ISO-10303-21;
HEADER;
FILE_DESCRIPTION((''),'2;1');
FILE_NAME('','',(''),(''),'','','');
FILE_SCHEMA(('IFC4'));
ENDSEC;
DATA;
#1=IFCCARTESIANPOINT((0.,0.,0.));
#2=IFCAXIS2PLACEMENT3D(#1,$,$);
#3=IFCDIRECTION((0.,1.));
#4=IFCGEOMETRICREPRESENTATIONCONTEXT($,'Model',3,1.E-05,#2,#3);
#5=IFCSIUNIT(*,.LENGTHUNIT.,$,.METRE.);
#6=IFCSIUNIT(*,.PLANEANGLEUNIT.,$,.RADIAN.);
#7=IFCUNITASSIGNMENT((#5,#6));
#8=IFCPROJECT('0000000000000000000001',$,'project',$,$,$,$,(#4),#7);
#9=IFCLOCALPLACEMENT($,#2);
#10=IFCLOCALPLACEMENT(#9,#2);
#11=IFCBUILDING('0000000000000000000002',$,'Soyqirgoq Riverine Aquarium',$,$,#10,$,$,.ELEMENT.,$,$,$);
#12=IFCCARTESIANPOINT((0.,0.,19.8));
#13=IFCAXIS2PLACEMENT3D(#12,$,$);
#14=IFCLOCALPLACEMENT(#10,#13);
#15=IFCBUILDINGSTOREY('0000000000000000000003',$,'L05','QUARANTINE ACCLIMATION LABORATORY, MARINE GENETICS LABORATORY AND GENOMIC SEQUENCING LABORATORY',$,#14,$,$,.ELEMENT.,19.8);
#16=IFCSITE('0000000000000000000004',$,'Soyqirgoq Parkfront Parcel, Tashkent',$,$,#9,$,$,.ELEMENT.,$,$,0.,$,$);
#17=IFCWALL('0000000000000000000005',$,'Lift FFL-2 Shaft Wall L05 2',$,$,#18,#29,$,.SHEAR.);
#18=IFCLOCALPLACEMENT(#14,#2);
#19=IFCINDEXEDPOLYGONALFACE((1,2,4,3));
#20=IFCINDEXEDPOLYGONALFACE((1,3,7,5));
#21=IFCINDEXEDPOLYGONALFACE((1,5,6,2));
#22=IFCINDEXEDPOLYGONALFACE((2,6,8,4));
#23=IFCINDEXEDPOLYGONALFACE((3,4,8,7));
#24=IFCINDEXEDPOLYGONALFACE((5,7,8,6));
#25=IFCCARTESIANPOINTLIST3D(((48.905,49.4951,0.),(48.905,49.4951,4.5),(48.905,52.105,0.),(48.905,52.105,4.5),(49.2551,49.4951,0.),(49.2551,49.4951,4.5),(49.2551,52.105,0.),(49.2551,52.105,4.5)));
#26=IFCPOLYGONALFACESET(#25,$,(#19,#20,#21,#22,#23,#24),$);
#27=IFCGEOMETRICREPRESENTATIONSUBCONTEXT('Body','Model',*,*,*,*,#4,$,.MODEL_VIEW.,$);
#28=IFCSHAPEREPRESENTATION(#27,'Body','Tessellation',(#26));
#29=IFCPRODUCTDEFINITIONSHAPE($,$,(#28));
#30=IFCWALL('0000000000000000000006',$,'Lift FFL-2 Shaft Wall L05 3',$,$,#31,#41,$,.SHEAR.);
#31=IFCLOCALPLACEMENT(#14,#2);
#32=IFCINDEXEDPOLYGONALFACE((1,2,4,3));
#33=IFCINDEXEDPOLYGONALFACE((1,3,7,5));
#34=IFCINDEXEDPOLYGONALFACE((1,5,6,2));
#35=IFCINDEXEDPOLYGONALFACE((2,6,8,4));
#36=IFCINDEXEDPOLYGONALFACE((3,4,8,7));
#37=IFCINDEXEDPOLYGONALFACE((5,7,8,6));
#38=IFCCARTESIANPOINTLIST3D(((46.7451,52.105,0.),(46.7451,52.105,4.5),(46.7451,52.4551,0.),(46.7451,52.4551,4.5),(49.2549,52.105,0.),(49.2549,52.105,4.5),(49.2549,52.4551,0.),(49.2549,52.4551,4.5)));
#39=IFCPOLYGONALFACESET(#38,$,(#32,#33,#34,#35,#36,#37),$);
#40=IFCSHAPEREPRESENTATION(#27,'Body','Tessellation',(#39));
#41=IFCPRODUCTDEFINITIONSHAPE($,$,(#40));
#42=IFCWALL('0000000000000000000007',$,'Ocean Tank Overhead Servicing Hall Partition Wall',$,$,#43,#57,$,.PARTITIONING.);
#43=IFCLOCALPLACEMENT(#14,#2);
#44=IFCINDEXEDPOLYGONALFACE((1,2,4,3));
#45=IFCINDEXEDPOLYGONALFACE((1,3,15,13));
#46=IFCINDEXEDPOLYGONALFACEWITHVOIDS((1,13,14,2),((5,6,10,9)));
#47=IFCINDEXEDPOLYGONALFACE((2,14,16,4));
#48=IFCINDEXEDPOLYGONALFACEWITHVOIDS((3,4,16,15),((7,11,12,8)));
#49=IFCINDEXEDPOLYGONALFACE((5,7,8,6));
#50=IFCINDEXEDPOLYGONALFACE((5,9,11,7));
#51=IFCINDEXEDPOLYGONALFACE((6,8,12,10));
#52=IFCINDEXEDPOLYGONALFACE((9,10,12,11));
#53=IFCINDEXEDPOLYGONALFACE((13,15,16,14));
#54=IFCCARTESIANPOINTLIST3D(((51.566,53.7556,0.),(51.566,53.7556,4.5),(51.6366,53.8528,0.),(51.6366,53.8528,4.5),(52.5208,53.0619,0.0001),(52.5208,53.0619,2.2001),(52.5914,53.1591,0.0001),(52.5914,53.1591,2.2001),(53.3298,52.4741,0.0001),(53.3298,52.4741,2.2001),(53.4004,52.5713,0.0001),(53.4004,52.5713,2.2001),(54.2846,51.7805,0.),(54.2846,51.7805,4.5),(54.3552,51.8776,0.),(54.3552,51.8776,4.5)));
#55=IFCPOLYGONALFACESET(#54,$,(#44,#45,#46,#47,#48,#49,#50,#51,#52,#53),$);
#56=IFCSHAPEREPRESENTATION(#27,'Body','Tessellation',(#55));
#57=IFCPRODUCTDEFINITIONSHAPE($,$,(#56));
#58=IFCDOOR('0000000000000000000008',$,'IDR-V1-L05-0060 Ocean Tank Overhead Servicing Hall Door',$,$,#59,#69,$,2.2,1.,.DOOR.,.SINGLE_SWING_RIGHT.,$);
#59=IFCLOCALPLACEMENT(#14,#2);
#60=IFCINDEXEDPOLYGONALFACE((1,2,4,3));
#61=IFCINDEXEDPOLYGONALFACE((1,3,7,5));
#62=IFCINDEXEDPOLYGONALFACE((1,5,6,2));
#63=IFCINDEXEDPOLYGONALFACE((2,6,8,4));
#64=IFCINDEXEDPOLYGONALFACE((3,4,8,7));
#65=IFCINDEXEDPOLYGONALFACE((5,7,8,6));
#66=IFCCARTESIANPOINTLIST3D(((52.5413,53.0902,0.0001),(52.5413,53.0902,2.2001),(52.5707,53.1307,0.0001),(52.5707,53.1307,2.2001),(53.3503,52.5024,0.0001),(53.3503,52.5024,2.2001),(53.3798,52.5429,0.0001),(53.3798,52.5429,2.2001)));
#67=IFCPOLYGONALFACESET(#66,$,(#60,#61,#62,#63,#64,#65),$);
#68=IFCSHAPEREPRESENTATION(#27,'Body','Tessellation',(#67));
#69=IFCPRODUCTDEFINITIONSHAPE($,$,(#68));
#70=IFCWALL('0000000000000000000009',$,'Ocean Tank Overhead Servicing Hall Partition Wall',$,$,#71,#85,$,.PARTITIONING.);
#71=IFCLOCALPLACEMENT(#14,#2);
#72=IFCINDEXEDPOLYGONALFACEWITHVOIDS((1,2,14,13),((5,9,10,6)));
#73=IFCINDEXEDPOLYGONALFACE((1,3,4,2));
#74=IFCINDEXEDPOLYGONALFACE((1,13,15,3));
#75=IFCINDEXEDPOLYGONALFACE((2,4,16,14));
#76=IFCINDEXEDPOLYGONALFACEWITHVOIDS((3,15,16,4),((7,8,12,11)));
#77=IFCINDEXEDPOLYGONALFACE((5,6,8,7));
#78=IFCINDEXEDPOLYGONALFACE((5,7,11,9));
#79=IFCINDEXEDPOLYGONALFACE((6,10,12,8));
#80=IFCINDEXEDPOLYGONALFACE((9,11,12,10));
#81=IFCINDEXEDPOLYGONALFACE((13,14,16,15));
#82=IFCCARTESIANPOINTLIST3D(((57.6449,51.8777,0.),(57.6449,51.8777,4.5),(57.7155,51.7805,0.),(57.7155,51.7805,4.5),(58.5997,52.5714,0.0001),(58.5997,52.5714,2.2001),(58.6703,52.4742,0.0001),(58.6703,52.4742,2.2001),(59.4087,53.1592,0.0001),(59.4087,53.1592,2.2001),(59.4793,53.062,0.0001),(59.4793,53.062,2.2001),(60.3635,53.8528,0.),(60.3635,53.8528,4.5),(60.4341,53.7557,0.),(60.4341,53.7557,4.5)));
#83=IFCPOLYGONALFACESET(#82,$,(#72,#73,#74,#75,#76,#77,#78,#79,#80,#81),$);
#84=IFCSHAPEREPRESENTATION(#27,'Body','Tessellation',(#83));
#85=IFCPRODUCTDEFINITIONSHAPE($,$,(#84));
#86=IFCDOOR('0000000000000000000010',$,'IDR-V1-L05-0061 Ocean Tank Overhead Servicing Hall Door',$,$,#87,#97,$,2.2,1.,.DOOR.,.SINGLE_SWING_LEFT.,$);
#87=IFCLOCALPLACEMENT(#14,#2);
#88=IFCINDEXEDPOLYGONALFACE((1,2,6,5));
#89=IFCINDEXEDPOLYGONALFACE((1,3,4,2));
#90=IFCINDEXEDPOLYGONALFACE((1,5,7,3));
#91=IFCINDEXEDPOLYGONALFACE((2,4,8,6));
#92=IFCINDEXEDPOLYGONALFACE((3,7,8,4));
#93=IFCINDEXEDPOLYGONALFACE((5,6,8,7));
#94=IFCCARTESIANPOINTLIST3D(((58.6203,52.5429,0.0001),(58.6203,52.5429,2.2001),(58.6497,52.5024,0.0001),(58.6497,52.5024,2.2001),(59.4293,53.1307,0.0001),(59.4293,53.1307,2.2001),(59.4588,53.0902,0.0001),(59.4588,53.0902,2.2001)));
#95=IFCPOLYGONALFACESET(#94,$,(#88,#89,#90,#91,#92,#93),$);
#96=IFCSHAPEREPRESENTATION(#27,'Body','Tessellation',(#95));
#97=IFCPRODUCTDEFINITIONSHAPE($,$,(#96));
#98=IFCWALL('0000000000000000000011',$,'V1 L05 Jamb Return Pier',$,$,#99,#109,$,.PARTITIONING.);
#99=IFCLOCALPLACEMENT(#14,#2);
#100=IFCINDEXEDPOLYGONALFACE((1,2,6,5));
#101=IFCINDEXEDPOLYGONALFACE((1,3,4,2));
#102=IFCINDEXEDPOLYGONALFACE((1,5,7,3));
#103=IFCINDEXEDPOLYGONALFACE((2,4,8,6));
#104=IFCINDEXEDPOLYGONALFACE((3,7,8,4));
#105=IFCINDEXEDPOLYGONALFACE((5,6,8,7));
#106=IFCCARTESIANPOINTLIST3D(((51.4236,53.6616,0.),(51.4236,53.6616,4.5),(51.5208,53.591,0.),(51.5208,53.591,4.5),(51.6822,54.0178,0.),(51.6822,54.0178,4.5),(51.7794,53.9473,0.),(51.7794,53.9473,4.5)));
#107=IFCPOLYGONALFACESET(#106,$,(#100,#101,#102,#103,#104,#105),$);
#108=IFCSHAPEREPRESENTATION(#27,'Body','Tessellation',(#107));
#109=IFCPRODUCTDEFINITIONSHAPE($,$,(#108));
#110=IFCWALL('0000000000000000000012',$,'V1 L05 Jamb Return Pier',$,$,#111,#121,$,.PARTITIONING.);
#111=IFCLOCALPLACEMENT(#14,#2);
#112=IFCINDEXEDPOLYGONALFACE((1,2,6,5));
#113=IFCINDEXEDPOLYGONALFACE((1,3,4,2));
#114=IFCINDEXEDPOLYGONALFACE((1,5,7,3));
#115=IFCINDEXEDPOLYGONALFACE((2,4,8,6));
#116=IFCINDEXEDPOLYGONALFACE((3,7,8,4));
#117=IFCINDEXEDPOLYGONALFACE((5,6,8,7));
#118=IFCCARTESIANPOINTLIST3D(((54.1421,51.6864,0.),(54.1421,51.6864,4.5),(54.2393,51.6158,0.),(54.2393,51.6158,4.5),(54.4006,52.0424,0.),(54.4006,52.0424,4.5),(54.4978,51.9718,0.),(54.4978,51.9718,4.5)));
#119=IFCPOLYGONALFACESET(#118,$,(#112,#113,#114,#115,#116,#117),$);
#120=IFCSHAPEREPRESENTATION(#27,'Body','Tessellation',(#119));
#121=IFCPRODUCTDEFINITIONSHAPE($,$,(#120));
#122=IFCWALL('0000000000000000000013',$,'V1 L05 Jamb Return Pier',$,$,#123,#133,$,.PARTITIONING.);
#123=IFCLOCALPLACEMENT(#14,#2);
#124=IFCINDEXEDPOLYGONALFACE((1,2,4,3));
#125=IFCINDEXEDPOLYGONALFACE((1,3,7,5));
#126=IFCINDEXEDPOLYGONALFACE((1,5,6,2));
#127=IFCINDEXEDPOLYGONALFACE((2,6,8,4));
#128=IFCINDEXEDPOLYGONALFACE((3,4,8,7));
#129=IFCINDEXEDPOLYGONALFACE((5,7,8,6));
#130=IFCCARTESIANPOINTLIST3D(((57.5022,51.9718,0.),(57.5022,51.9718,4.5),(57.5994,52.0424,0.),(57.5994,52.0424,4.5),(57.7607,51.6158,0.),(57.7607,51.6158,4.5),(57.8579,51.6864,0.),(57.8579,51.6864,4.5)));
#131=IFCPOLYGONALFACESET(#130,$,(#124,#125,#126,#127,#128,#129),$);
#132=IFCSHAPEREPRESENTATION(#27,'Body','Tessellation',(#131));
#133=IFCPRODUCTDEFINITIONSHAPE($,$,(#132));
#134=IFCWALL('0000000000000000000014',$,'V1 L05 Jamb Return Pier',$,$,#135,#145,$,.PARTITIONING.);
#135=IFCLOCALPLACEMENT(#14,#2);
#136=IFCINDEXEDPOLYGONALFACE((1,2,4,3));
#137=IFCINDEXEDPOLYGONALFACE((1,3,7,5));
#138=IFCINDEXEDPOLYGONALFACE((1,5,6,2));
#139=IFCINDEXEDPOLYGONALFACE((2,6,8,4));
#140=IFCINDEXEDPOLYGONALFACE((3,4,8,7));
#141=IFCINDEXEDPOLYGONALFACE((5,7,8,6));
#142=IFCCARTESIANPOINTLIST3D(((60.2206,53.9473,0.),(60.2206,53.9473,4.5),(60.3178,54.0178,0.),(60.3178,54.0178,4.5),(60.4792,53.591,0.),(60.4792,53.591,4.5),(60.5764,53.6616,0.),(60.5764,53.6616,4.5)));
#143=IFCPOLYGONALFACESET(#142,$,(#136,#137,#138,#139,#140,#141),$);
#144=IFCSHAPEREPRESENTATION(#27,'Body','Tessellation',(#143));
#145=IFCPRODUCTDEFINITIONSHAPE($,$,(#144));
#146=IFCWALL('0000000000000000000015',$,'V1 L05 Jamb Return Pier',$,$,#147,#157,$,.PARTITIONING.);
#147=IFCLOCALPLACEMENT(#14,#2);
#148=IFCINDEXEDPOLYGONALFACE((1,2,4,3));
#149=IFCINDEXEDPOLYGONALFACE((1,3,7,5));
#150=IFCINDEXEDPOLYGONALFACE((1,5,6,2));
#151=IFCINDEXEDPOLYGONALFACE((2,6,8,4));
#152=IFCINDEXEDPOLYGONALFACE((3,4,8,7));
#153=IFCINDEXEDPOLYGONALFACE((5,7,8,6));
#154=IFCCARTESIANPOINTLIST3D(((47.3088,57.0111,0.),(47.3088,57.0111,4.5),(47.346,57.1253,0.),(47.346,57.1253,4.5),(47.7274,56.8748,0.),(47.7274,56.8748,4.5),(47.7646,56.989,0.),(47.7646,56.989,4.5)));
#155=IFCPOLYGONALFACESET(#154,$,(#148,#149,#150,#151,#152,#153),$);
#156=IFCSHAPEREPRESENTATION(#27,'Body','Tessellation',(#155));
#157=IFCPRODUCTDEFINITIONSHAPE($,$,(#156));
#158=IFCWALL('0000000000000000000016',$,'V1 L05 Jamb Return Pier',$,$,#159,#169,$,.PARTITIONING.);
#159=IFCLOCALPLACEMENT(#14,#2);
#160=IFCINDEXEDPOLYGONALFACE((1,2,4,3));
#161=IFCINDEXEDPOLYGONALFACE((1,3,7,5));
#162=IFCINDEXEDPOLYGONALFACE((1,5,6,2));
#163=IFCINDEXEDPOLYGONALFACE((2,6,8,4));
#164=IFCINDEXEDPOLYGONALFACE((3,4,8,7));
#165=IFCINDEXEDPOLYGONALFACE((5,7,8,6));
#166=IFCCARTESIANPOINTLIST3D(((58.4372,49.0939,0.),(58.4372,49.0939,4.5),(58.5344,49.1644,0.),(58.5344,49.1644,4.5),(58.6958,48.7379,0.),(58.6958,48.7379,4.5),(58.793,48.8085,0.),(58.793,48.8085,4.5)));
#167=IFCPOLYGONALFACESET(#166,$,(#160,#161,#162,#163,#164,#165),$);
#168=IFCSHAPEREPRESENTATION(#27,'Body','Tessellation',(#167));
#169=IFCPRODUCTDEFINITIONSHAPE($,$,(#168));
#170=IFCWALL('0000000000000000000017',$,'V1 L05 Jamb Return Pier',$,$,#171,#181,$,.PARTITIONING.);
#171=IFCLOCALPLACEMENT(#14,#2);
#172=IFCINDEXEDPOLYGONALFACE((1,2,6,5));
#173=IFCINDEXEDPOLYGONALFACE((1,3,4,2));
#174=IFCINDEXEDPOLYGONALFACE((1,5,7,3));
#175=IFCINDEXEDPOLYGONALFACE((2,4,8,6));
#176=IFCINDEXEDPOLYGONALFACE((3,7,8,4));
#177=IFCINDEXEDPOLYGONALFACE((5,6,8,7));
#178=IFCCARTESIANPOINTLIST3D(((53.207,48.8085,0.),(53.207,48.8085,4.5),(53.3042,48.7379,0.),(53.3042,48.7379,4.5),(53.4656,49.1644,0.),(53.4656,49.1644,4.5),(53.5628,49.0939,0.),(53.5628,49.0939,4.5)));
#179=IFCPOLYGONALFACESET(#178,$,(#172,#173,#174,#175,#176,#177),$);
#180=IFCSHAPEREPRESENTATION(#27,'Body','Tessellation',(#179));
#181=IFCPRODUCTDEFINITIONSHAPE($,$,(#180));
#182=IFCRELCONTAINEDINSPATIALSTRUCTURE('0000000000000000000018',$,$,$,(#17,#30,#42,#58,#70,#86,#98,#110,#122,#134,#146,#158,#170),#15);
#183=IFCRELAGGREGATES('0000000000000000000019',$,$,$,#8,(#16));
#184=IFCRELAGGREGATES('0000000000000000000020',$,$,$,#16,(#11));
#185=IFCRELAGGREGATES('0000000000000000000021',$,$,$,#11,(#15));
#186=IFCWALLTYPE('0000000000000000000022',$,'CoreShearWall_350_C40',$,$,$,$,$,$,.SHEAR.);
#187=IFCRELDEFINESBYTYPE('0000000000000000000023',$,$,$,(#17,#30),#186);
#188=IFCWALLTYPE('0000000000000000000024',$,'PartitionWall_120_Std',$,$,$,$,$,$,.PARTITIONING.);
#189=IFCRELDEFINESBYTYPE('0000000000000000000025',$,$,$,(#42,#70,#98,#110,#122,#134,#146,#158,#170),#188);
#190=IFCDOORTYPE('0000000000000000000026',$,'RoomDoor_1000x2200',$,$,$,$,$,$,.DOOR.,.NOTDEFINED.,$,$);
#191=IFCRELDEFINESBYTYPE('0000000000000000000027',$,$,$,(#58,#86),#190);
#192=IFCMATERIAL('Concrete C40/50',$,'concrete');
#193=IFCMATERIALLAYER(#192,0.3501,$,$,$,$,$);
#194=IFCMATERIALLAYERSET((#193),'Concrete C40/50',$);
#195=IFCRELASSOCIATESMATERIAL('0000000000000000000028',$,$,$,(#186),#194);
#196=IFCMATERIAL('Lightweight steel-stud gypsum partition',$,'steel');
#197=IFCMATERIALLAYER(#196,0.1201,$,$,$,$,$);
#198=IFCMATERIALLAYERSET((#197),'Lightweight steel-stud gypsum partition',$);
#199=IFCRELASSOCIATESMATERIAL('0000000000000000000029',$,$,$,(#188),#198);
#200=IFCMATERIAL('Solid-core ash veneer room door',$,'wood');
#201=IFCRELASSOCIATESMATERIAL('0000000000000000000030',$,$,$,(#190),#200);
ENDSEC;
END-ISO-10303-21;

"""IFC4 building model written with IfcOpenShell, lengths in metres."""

from ifc_helpers import new_model, si_unit, direction, frame, frame_2d, origin, place, context, subcontext, project, spatial, rectangle, extrude, material, layer, layer_set, type_object, element, fill, save


model = new_model("IFC4")

# Units and contexts
model_context = context("Model", 3, precision=1e-05, world=origin(), true_north=direction((0.0, 1.0)))
body_context = subcontext(model_context, "Body", "Model", "MODEL_VIEW")
ifc_project = project(units=[si_unit("LENGTHUNIT", "METRE"), si_unit("PLANEANGLEUNIT", "RADIAN")], contexts=[model_context])

# Site, building, storey
site_placement = place(None, origin())
site = spatial("IfcSite", under=ifc_project, at=site_placement, Name="Soyqirgoq Parkfront Parcel, Tashkent", CompositionType="ELEMENT", RefElevation=0.0)
building_placement = place(site_placement, origin())
building = spatial("IfcBuilding", under=site, at=building_placement, Name="Soyqirgoq Riverine Aquarium", CompositionType="ELEMENT")
storey_placement = place(building_placement, frame((0.0, 0.0, 19.8)))
storey = spatial("IfcBuildingStorey", under=building, at=storey_placement, Name="L05", Description="QUARANTINE ACCLIMATION LABORATORY, MARINE GENETICS LABORATORY AND GENOMIC SEQUENCING LABORATORY", CompositionType="ELEMENT", Elevation=19.8)

# Walls
ifc_material_1 = material(Name="Concrete C40/50", Category="concrete")
ifc_layer_1 = layer(ifc_material_1, 0.3501)
ifc_layer_set_1 = layer_set([ifc_layer_1], Name="Concrete C40/50")
wall_type_1 = type_object("IfcWallType", Name="CoreShearWall_350_C40", PredefinedType="SHEAR", material=ifc_layer_set_1)
wall_1_placement = place(storey_placement, frame((49.0801, 49.4951, 0.0), z_axis=(0.0, 0.0, 1.0), x_axis=(0.0, 1.0, 0.0)))
element("IfcWall", 1, at=wall_1_placement, inside=storey, type_object=wall_type_1, Name="Lift FFL-2 Shaft Wall L05 2", PredefinedType="SHEAR", context=body_context, shape_type="SweptSolid", body=[
    extrude(rectangle(XDim=2.6099, YDim=0.3501, at=frame_2d((1.3049, 0.0))), origin(), (0.0, 0.0, 1.0), 4.5),
])
wall_2_placement = place(storey_placement, frame((49.2549, 52.28, 0.0), z_axis=(0.0, 0.0, 1.0), x_axis=(-1.0, 0.0, 0.0)))
element("IfcWall", 2, at=wall_2_placement, inside=storey, type_object=wall_type_1, Name="Lift FFL-2 Shaft Wall L05 3", PredefinedType="SHEAR", context=body_context, shape_type="SweptSolid", body=[
    extrude(rectangle(XDim=2.5098, YDim=0.3501, at=frame_2d((1.2549, 0.0))), origin(), (0.0, 0.0, 1.0), 4.5),
])

# Walls, openings, doors
ifc_material_2 = material(Name="Lightweight steel-stud gypsum partition", Category="steel")
ifc_layer_2 = layer(ifc_material_2, 0.1201)
ifc_layer_set_2 = layer_set([ifc_layer_2], Name="Lightweight steel-stud gypsum partition")
wall_type_2 = type_object("IfcWallType", Name="PartitionWall_120_Std", PredefinedType="PARTITIONING", material=ifc_layer_set_2)
wall_3_placement = place(storey_placement, frame((51.6013, 53.8042, 0.0), z_axis=(0.0, 0.0, 1.0), x_axis=(0.809019, -0.587783, 0.0)))
wall_3 = element("IfcWall", 3, at=wall_3_placement, inside=storey, type_object=wall_type_2, Name="Ocean Tank Overhead Servicing Hall Partition Wall", PredefinedType="PARTITIONING", context=body_context, shape_type="SweptSolid", body=[
    extrude(rectangle(XDim=3.3604, YDim=0.1201, at=frame_2d((1.6802, 0.0))), origin(), (0.0, 0.0, 1.0), 4.5),
])
opening_1_placement = place(wall_3_placement, frame((1.1802, 0.0, 0.0)))
opening_1 = element("IfcOpeningElement", 4, at=opening_1_placement, cuts=wall_3, PredefinedType="OPENING", context=body_context, shape_type="SweptSolid", body=[
    extrude(rectangle(XDim=1.0, YDim=2.2, at=frame_2d((0.5, 1.1001))), frame((0.0, 0.0701, 0.0), z_axis=(0.0, -1.0, 0.0), x_axis=(1.0, 0.0, 0.0)), (0.0, 0.0, 1.0), 0.1401),
])
ifc_material_3 = material(Name="Solid-core ash veneer room door", Category="wood")
door_type_1 = type_object("IfcDoorType", Name="RoomDoor_1000x2200", OperationType="NOTDEFINED", PredefinedType="DOOR", material=ifc_material_3)
door_1_placement = place(opening_1_placement, origin())
door_1 = element("IfcDoor", 5, at=door_1_placement, inside=storey, type_object=door_type_1, Name="IDR-V1-L05-0060 Ocean Tank Overhead Servicing Hall Door", OperationType="SINGLE_SWING_RIGHT", OverallHeight=2.2, OverallWidth=1.0, PredefinedType="DOOR", context=body_context, shape_type="SweptSolid", body=[
    extrude(rectangle(XDim=1.0, YDim=2.2, at=frame_2d((0.5, 1.1001))), frame((0.0, 0.0249, 0.0), z_axis=(0.0, -1.0, 0.0), x_axis=(1.0, 0.0, 0.0)), (0.0, 0.0, 1.0), 0.05),
])
fill(opening_1, door_1)
wall_4_placement = place(storey_placement, frame((57.6802, 51.8291, 0.0), z_axis=(0.0, 0.0, 1.0), x_axis=(0.809019, 0.587783, 0.0)))
wall_4 = element("IfcWall", 6, at=wall_4_placement, inside=storey, type_object=wall_type_2, Name="Ocean Tank Overhead Servicing Hall Partition Wall", PredefinedType="PARTITIONING", context=body_context, shape_type="SweptSolid", body=[
    extrude(rectangle(XDim=3.3604, YDim=0.1201, at=frame_2d((1.6802, 0.0))), origin(), (0.0, 0.0, 1.0), 4.5),
])
opening_2_placement = place(wall_4_placement, frame((1.1802, 0.0, 0.0)))
opening_2 = element("IfcOpeningElement", 7, at=opening_2_placement, cuts=wall_4, PredefinedType="OPENING", context=body_context, shape_type="SweptSolid", body=[
    extrude(rectangle(XDim=1.0, YDim=2.2, at=frame_2d((0.5, 1.1001))), frame((0.0, 0.0701, 0.0), z_axis=(0.0, -1.0, 0.0), x_axis=(1.0, 0.0, 0.0)), (0.0, 0.0, 1.0), 0.1401),
])
door_2_placement = place(opening_2_placement, origin())
door_2 = element("IfcDoor", 8, at=door_2_placement, inside=storey, type_object=door_type_1, Name="IDR-V1-L05-0061 Ocean Tank Overhead Servicing Hall Door", OperationType="SINGLE_SWING_LEFT", OverallHeight=2.2, OverallWidth=1.0, PredefinedType="DOOR", context=body_context, shape_type="SweptSolid", body=[
    extrude(rectangle(XDim=1.0, YDim=2.2, at=frame_2d((0.5, 1.1001))), frame((0.0, 0.0249, 0.0), z_axis=(0.0, -1.0, 0.0), x_axis=(1.0, 0.0, 0.0)), (0.0, 0.0, 1.0), 0.05),
])
fill(opening_2, door_2)

# Walls
wall_5_placement = place(storey_placement, frame((51.4722, 53.6262, 0.0), z_axis=(0.0, 0.0, 1.0), x_axis=(0.587413, 0.809287, 0.0)))
element("IfcWall", 9, at=wall_5_placement, inside=storey, type_object=wall_type_2, Name="V1 L05 Jamb Return Pier", PredefinedType="PARTITIONING", context=body_context, shape_type="SweptSolid", body=[
    extrude(rectangle(XDim=0.4402, YDim=0.1201, at=frame_2d((0.2202, 0.0))), origin(), (0.0, 0.0, 1.0), 4.5),
])
for number, where, z_axis, x_axis, name in (
    (10, (54.1907, 51.6511, 0.0), (0.0, 0.0, 1.0), (0.587677, 0.809096, 0.0), "V1 L05 Jamb Return Pier"),
    (11, (57.8093, 51.6511, 0.0), (0.0, 0.0, 1.0), (-0.587677, 0.809096, 0.0), "V1 L05 Jamb Return Pier"),
):
    element("IfcWall", number, at=place(storey_placement, frame(where, z_axis=z_axis, x_axis=x_axis)), inside=storey, type_object=wall_type_2, Name=name, PredefinedType="PARTITIONING", context=body_context, shape_type="SweptSolid", body=[
        extrude(rectangle(XDim=0.4399, YDim=0.1201, at=frame_2d((0.22, 0.0))), origin(), (0.0, 0.0, 1.0), 4.5),
    ])
for number, where, z_axis, x_axis, name in (
    (12, (60.5278, 53.6262, 0.0), (0.0, 0.0, 1.0), (-0.587413, 0.809287, 0.0), "V1 L05 Jamb Return Pier"),
    (13, (47.7461, 56.9319, 0.0), (0.0, 0.0, 1.0), (-0.950879, 0.309563, 0.0), "V1 L05 Jamb Return Pier"),
):
    element("IfcWall", number, at=place(storey_placement, frame(where, z_axis=z_axis, x_axis=x_axis)), inside=storey, type_object=wall_type_2, Name=name, PredefinedType="PARTITIONING", context=body_context, shape_type="SweptSolid", body=[
        extrude(rectangle(XDim=0.4402, YDim=0.1201, at=frame_2d((0.2202, 0.0))), origin(), (0.0, 0.0, 1.0), 4.5),
    ])
for number, where, z_axis, x_axis, name in (
    (14, (58.4858, 49.1292, 0.0), (0.0, 0.0, 1.0), (0.587677, -0.809096, 0.0), "V1 L05 Jamb Return Pier"),
    (15, (53.5142, 49.1292, 0.0), (0.0, 0.0, 1.0), (-0.587677, -0.809096, 0.0), "V1 L05 Jamb Return Pier"),
):
    element("IfcWall", number, at=place(storey_placement, frame(where, z_axis=z_axis, x_axis=x_axis)), inside=storey, type_object=wall_type_2, Name=name, PredefinedType="PARTITIONING", context=body_context, shape_type="SweptSolid", body=[
        extrude(rectangle(XDim=0.4399, YDim=0.1201, at=frame_2d((0.22, 0.0))), origin(), (0.0, 0.0, 1.0), 4.5),
    ])

save(model, "model.ifc")
